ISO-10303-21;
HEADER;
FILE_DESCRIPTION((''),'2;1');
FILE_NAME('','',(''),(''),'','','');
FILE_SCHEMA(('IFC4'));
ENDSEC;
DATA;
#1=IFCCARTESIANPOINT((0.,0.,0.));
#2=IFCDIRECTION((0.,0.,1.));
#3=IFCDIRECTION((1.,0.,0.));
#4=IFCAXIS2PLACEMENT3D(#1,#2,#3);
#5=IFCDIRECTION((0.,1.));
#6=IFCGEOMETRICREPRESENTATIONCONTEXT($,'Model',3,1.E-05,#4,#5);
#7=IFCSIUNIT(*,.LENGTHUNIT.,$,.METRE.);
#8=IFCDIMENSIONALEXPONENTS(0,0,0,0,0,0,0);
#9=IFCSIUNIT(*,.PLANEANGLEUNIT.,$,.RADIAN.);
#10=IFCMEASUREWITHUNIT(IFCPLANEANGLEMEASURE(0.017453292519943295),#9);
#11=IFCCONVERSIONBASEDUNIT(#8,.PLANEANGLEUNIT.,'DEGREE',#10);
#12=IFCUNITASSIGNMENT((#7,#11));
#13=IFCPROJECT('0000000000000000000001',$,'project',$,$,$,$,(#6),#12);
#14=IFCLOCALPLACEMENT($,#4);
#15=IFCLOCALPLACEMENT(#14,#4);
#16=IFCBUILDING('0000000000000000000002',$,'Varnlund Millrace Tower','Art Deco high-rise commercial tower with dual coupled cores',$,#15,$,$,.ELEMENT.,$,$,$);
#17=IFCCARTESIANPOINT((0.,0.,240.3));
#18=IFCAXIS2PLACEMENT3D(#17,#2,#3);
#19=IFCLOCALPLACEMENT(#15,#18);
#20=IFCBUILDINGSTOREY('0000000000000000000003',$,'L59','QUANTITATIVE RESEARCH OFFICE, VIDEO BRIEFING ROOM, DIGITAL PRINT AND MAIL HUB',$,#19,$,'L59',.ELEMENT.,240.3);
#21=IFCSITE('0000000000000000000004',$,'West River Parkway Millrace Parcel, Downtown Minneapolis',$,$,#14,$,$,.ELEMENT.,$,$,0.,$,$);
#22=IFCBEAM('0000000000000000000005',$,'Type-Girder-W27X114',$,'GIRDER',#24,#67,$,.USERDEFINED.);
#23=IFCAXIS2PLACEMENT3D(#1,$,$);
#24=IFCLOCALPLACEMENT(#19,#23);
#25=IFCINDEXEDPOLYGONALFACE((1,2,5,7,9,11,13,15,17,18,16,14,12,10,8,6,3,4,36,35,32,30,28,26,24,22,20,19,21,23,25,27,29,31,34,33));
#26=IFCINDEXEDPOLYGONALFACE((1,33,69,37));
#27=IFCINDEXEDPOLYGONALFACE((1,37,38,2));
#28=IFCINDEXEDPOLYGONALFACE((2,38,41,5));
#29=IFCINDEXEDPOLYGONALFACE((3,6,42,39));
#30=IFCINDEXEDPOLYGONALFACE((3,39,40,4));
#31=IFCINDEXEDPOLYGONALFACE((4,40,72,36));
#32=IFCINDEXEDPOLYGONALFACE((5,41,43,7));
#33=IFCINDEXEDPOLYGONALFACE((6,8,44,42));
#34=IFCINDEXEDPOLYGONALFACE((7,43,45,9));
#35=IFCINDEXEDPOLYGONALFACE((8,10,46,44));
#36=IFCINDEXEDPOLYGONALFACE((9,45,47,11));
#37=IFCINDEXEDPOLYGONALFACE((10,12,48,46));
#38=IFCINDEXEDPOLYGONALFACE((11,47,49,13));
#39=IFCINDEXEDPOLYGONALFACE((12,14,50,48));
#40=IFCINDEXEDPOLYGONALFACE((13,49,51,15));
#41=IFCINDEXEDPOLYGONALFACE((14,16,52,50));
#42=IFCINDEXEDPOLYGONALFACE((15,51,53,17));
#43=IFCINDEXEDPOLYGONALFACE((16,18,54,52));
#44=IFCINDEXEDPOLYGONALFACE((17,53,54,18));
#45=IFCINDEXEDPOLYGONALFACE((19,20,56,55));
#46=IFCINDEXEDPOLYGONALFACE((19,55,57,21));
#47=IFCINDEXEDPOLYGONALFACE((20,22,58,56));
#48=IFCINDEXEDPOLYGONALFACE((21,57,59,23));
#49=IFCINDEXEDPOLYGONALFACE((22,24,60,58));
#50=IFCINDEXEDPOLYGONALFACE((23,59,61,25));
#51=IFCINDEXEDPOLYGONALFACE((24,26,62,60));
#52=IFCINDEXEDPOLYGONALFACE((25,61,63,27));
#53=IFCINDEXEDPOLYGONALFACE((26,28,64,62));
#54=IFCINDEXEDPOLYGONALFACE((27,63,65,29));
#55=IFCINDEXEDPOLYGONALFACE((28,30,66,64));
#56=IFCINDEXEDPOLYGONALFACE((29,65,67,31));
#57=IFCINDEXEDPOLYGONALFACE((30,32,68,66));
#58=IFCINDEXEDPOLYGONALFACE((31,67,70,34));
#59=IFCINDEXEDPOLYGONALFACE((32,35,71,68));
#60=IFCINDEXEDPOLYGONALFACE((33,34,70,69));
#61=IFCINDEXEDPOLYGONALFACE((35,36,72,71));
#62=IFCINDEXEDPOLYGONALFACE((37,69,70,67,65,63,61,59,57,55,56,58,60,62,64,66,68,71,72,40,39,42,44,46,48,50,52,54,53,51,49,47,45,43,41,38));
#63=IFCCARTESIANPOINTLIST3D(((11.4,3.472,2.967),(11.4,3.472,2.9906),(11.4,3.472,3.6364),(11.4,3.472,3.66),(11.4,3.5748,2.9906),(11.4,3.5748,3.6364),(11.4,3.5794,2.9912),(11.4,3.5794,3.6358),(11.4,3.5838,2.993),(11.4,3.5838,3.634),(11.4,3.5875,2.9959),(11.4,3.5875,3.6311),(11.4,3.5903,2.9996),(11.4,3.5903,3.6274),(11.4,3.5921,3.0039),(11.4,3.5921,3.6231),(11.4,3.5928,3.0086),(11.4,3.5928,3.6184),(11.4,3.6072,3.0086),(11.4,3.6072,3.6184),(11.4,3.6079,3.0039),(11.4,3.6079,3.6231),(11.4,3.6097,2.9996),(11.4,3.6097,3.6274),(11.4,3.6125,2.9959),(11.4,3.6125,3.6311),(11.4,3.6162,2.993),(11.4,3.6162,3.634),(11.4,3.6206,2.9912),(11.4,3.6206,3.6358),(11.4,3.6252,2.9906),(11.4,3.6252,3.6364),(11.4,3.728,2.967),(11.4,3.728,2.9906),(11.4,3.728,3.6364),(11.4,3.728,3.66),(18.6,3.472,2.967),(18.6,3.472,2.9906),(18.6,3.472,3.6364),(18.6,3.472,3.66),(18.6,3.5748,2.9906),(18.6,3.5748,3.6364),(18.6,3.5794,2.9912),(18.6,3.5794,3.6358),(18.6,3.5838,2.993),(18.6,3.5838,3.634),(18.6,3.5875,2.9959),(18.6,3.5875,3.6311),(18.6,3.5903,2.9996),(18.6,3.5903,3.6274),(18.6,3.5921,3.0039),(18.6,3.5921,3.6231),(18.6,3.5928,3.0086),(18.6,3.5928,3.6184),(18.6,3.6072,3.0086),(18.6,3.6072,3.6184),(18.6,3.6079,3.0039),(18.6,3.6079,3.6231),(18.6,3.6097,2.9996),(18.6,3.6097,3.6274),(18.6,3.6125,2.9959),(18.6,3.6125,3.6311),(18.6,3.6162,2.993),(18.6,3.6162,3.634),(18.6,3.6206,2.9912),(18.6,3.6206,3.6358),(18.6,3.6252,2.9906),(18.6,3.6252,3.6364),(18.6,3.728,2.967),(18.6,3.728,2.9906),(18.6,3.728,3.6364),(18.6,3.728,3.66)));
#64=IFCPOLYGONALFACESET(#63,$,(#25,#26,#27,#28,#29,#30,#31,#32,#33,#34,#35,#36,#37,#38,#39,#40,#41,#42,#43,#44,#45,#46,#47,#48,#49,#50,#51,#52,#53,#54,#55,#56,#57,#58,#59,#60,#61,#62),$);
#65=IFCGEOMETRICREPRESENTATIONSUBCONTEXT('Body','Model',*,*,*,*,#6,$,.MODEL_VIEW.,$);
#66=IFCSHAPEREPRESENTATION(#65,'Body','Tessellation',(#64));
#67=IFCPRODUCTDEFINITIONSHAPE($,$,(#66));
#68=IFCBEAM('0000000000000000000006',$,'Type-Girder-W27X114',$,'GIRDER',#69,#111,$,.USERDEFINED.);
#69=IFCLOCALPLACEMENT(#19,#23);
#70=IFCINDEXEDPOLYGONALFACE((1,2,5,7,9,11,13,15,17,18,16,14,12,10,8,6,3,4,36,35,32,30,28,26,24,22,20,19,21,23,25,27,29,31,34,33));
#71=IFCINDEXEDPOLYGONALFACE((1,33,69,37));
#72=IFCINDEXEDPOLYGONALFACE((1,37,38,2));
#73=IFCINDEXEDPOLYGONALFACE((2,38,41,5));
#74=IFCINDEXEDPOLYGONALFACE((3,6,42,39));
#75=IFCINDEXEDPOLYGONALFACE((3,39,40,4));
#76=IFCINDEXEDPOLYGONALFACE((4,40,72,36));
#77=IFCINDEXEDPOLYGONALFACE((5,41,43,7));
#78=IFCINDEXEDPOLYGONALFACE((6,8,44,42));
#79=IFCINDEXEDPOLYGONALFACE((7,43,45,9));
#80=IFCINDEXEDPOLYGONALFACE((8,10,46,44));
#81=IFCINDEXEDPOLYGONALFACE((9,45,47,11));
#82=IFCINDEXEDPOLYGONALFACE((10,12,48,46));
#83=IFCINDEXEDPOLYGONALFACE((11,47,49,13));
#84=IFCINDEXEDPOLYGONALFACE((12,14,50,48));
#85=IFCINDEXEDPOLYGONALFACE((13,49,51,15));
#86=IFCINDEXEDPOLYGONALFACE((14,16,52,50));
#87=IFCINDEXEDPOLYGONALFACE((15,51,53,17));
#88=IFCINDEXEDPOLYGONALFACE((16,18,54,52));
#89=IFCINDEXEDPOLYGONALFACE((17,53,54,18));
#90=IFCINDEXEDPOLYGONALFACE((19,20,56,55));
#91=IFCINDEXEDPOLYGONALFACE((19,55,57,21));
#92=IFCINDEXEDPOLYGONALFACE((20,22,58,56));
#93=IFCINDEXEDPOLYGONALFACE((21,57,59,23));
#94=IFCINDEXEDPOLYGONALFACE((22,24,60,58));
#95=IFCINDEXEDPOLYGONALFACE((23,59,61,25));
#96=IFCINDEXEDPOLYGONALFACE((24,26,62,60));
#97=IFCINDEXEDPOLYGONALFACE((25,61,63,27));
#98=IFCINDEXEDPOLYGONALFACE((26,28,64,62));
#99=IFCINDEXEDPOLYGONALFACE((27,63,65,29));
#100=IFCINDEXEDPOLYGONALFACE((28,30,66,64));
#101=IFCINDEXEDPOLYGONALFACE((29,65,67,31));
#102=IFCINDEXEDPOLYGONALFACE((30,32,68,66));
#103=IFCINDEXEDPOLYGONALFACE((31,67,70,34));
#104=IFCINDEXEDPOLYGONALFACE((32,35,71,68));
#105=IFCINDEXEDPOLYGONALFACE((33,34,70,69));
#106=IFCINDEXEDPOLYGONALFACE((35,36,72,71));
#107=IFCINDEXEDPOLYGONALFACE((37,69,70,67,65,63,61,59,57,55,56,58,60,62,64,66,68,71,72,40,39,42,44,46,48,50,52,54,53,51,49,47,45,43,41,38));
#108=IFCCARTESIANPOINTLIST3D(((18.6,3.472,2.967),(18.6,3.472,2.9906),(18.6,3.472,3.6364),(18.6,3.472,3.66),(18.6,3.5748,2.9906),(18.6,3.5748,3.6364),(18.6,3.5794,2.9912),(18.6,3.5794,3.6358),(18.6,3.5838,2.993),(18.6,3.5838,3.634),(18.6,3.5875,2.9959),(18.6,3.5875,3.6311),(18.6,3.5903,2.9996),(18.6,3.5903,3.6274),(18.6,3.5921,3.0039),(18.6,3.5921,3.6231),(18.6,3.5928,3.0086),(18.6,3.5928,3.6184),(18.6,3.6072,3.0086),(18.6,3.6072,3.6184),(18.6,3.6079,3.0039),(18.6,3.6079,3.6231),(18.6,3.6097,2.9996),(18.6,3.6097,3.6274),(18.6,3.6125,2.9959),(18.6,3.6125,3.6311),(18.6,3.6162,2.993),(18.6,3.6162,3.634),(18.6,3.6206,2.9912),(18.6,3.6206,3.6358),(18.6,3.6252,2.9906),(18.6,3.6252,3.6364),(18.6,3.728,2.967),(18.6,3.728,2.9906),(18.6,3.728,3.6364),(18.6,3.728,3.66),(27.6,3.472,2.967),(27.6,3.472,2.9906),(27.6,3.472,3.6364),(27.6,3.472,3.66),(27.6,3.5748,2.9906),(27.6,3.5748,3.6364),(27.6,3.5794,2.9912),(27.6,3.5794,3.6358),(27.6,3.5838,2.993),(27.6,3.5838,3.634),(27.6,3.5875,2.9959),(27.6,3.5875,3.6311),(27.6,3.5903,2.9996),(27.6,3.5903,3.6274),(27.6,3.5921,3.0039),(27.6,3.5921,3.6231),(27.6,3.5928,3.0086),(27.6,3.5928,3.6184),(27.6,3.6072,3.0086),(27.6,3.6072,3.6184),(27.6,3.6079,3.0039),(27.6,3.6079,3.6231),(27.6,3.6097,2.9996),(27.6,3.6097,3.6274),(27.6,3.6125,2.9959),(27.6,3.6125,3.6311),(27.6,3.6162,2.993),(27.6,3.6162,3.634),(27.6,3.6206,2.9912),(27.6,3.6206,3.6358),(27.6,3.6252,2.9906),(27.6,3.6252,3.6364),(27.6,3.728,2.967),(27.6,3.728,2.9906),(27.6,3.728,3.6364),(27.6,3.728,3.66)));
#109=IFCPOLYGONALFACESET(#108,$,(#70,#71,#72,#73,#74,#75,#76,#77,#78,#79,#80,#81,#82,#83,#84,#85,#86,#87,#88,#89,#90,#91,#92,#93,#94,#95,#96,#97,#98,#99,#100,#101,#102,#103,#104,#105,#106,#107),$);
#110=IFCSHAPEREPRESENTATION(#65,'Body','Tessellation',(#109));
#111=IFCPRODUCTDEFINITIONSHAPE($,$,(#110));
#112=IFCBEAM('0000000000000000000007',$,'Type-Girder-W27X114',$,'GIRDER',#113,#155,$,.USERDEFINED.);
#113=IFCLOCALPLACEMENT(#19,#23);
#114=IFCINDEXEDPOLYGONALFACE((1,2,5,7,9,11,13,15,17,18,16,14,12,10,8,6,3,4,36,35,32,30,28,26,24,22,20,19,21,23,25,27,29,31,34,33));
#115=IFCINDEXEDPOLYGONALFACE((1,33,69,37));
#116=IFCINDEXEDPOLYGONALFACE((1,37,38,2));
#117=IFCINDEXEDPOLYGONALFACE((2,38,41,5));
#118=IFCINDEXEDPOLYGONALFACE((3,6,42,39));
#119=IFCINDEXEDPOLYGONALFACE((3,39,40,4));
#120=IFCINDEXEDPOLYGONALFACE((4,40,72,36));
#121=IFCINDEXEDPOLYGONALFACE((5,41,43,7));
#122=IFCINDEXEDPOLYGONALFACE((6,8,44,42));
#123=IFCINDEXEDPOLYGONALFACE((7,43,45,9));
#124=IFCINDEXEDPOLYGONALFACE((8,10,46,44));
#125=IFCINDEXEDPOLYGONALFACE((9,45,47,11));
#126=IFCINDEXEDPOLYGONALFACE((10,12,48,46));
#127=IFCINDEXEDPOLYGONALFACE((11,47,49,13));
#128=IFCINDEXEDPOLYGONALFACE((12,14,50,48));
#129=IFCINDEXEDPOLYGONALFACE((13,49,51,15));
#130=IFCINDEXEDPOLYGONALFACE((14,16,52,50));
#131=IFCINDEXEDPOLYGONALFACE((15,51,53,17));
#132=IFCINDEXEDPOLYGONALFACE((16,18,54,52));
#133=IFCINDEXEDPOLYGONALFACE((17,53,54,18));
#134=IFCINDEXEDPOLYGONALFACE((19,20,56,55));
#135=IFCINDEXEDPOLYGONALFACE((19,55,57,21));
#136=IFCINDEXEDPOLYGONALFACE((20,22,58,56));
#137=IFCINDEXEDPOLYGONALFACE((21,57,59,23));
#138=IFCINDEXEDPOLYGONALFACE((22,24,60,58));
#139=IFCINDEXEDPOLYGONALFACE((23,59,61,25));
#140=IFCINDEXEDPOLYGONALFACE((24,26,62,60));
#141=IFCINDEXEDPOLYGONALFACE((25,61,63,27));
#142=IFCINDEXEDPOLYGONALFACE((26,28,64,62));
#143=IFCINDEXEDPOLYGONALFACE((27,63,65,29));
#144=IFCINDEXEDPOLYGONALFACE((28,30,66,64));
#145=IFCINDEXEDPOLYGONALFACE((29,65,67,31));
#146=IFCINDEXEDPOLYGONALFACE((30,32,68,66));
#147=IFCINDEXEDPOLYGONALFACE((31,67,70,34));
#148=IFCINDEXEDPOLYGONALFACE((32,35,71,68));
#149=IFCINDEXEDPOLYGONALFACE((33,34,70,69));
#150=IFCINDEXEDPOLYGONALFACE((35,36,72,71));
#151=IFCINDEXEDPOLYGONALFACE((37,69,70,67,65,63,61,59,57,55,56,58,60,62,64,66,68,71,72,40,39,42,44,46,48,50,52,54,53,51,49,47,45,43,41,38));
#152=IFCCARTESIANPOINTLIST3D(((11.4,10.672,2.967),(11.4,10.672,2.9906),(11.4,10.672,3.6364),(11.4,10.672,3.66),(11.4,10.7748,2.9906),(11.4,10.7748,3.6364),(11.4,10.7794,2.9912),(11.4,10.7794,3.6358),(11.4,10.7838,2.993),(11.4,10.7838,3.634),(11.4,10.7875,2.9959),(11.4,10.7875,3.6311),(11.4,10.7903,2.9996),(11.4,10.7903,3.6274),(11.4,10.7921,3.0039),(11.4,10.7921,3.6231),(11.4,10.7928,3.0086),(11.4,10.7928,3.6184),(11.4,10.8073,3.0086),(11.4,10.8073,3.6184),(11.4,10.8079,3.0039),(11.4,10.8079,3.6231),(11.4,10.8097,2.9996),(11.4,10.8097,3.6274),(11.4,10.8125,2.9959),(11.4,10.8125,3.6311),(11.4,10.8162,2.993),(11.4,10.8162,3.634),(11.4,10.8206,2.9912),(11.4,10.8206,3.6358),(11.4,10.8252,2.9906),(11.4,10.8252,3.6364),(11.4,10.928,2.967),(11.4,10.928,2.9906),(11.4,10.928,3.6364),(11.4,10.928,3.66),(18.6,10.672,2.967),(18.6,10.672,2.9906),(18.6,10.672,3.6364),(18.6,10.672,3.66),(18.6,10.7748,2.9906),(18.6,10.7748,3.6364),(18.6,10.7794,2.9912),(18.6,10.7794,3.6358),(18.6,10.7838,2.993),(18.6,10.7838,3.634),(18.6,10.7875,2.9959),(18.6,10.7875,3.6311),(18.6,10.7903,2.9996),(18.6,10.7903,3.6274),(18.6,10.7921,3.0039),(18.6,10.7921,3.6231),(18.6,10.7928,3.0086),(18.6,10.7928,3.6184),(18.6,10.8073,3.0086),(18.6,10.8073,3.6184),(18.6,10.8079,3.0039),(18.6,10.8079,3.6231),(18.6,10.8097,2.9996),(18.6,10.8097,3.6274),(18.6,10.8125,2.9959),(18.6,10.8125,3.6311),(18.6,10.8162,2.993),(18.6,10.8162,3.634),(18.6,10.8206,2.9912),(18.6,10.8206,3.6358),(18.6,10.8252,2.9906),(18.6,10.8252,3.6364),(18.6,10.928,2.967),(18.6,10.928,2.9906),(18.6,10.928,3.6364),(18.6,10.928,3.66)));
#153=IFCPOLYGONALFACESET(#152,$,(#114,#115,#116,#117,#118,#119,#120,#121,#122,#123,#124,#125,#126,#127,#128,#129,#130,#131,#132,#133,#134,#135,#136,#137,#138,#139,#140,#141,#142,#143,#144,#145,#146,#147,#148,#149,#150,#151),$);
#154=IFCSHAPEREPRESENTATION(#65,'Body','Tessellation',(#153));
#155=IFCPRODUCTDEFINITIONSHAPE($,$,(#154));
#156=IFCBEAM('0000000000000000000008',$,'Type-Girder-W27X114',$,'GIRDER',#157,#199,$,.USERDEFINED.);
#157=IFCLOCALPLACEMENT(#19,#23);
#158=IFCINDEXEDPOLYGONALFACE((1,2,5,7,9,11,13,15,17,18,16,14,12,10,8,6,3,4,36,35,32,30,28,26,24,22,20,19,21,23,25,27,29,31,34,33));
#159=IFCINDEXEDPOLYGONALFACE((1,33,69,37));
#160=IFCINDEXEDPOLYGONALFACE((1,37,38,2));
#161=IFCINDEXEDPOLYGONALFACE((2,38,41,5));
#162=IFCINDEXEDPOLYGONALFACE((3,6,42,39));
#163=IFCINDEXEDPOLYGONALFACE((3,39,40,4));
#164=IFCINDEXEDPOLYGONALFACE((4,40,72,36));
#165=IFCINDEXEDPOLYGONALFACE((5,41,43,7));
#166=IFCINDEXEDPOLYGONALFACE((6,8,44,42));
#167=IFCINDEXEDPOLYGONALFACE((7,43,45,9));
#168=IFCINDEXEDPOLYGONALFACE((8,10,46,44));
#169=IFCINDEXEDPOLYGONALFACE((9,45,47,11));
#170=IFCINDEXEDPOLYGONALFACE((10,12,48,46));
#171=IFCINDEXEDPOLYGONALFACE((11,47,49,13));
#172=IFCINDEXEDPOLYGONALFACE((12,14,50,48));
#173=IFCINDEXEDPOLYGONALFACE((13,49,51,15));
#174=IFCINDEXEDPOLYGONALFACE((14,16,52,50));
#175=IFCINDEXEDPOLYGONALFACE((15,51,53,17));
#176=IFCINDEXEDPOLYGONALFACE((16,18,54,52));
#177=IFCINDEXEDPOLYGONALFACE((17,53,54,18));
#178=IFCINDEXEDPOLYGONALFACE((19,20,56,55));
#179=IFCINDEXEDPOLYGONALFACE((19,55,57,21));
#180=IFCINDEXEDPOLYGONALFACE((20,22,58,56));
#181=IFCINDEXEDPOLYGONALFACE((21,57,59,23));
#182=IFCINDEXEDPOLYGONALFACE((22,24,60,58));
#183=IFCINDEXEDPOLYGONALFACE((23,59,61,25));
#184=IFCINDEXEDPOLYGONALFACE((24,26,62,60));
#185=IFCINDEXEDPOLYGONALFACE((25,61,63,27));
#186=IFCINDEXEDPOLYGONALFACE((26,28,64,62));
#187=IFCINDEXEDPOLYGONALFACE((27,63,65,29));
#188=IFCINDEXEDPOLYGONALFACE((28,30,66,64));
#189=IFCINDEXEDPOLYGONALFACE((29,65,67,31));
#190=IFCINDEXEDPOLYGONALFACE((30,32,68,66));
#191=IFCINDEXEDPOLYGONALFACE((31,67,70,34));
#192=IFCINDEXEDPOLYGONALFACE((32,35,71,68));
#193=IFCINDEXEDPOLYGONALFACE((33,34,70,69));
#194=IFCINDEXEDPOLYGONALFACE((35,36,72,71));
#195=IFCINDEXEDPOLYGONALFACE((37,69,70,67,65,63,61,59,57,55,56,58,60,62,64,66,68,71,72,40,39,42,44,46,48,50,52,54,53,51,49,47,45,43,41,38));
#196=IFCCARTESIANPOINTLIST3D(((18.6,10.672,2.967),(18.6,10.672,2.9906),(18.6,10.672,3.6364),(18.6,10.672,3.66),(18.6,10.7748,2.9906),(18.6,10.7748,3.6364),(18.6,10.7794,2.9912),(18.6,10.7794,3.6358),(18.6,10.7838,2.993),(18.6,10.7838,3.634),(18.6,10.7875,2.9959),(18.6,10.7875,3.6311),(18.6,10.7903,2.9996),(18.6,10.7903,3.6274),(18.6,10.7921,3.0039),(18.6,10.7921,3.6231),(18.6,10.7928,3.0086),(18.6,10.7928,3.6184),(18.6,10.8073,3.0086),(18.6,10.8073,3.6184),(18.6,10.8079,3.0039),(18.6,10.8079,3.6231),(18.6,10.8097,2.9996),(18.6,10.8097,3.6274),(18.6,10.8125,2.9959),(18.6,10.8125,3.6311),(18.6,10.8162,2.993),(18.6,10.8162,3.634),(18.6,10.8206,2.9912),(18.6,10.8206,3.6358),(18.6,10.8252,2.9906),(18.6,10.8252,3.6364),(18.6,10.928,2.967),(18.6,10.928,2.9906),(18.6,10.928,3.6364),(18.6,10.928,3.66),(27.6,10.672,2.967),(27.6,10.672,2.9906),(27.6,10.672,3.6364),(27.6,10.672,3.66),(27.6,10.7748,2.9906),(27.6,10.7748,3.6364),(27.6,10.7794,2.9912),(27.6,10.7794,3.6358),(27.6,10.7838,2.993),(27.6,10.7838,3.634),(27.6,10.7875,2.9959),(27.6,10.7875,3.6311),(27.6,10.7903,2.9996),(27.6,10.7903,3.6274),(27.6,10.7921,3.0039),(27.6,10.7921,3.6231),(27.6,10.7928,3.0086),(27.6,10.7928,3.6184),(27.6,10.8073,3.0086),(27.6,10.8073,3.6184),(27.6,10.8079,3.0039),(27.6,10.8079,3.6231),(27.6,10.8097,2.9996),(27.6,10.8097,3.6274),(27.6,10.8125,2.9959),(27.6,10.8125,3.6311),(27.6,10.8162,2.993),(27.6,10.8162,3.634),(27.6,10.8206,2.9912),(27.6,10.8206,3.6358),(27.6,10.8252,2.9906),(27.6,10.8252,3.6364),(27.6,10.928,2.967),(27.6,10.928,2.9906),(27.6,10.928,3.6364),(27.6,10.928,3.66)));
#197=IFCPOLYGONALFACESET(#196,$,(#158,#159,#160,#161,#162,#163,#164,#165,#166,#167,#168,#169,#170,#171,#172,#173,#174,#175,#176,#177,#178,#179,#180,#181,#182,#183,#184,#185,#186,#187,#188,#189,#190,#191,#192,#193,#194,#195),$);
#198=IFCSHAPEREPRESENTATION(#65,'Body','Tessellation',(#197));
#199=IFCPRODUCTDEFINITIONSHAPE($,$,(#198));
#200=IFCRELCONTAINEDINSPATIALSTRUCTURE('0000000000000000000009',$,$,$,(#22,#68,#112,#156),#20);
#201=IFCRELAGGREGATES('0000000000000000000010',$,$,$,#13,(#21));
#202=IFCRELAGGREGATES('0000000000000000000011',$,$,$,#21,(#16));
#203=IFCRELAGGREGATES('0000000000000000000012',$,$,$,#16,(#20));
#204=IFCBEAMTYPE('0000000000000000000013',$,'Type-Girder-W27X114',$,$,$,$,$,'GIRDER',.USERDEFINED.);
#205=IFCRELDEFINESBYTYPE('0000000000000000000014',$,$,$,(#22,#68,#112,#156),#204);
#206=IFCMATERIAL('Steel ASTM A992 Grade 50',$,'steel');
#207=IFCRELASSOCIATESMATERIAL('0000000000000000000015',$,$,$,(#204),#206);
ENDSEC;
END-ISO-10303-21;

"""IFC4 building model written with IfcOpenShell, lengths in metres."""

from ifc_helpers import new_model, entity, si_unit, converted_unit, direction, frame, origin_with_axes, origin_2d_with_axis, place, context, subcontext, project, spatial, i_section, extrude, material, material_profile, profile_set, type_object, element, save


model = new_model("IFC4")

# Units and contexts
model_context = context("Model", 3, precision=1e-05, world=origin_with_axes(), true_north=direction((0.0, 1.0)))
body_context = subcontext(model_context, "Body", "Model", "MODEL_VIEW")
ifc_project = project(units=[si_unit("LENGTHUNIT", "METRE"), converted_unit("PLANEANGLEUNIT", "DEGREE", entity("IfcPlaneAngleMeasure", 0.017453292519943295), si_unit("PLANEANGLEUNIT", "RADIAN"), dimensions=[0, 0, 0, 0, 0, 0, 0])], contexts=[model_context])

# Site, building, storey
site_placement = place(None, origin_with_axes())
site = spatial("IfcSite", under=ifc_project, at=site_placement, Name="West River Parkway Millrace Parcel, Downtown Minneapolis", CompositionType="ELEMENT", RefElevation=0.0)
building_placement = place(site_placement, origin_with_axes())
building = spatial("IfcBuilding", under=site, at=building_placement, Name="Varnlund Millrace Tower", Description="Art Deco high-rise commercial tower with dual coupled cores", CompositionType="ELEMENT")
storey_placement = place(building_placement, frame((0.0, 0.0, 240.3), z_axis=(0.0, 0.0, 1.0), x_axis=(1.0, 0.0, 0.0)))
storey = spatial("IfcBuildingStorey", under=building, at=storey_placement, Name="L59", Description="QUANTITATIVE RESEARCH OFFICE, VIDEO BRIEFING ROOM, DIGITAL PRINT AND MAIL HUB", LongName="L59", CompositionType="ELEMENT", Elevation=240.3)

# Beams
ifc_material_1 = material(Name="Steel ASTM A992 Grade 50", Category="steel")
ifc_material_profile_1 = material_profile(ifc_material_1, i_section(OverallWidth=0.256, OverallDepth=0.693, WebThickness=0.0145, FlangeThickness=0.0236, FilletRadius=0.018, at=origin_2d_with_axis()), Name="Steel ASTM A992 Grade 50")
ifc_profile_set_1 = profile_set([ifc_material_profile_1], Name="Steel ASTM A992 Grade 50")
beam_type_1 = type_object("IfcBeamType", Name="Type-Girder-W27X114", ElementType="GIRDER", PredefinedType="USERDEFINED", material=ifc_profile_set_1)
beam_1_placement = place(storey_placement, frame((11.4, 3.6, 3.3135), z_axis=(1.0, 0.0, 0.0), x_axis=(0.0, 1.0, 0.0)))
element("IfcBeam", 1, at=beam_1_placement, inside=storey, type_object=beam_type_1, Name="Type-Girder-W27X114", ObjectType="GIRDER", PredefinedType="USERDEFINED", context=body_context, shape_type="SweptSolid", body=[
    extrude(i_section(OverallWidth=0.256, OverallDepth=0.693, WebThickness=0.0145, FlangeThickness=0.0236, FilletRadius=0.018, at=origin_2d_with_axis()), origin_with_axes(), (0.0, 0.0, 1.0), 7.2),
])
beam_2_placement = place(storey_placement, frame((18.6, 3.6, 3.3135), z_axis=(1.0, 0.0, 0.0), x_axis=(0.0, 1.0, 0.0)))
element("IfcBeam", 2, at=beam_2_placement, inside=storey, type_object=beam_type_1, Name="Type-Girder-W27X114", ObjectType="GIRDER", PredefinedType="USERDEFINED", context=body_context, shape_type="SweptSolid", body=[
    extrude(i_section(OverallWidth=0.256, OverallDepth=0.693, WebThickness=0.0145, FlangeThickness=0.0236, FilletRadius=0.018, at=origin_2d_with_axis()), origin_with_axes(), (0.0, 0.0, 1.0), 9.0),
])
beam_3_placement = place(storey_placement, frame((11.4, 10.8, 3.3135), z_axis=(1.0, 0.0, 0.0), x_axis=(0.0, 1.0, 0.0)))
element("IfcBeam", 3, at=beam_3_placement, inside=storey, type_object=beam_type_1, Name="Type-Girder-W27X114", ObjectType="GIRDER", PredefinedType="USERDEFINED", context=body_context, shape_type="SweptSolid", body=[
    extrude(i_section(OverallWidth=0.256, OverallDepth=0.693, WebThickness=0.0145, FlangeThickness=0.0236, FilletRadius=0.018, at=origin_2d_with_axis()), origin_with_axes(), (0.0, 0.0, 1.0), 7.2),
])
for number, where, z_axis, x_axis, name in (
    (4, (18.6, 10.8, 3.3135), (1.0, 0.0, 0.0), (0.0, 1.0, 0.0), "Type-Girder-W27X114"),
):
    element("IfcBeam", number, at=place(storey_placement, frame(where, z_axis=z_axis, x_axis=x_axis)), inside=storey, type_object=beam_type_1, Name=name, ObjectType="GIRDER", PredefinedType="USERDEFINED", context=body_context, shape_type="SweptSolid", body=[
        extrude(i_section(OverallWidth=0.256, OverallDepth=0.693, WebThickness=0.0145, FlangeThickness=0.0236, FilletRadius=0.018, at=origin_2d_with_axis()), origin_with_axes(), (0.0, 0.0, 1.0), 9.0),
    ])

save(model, "model.ifc")
